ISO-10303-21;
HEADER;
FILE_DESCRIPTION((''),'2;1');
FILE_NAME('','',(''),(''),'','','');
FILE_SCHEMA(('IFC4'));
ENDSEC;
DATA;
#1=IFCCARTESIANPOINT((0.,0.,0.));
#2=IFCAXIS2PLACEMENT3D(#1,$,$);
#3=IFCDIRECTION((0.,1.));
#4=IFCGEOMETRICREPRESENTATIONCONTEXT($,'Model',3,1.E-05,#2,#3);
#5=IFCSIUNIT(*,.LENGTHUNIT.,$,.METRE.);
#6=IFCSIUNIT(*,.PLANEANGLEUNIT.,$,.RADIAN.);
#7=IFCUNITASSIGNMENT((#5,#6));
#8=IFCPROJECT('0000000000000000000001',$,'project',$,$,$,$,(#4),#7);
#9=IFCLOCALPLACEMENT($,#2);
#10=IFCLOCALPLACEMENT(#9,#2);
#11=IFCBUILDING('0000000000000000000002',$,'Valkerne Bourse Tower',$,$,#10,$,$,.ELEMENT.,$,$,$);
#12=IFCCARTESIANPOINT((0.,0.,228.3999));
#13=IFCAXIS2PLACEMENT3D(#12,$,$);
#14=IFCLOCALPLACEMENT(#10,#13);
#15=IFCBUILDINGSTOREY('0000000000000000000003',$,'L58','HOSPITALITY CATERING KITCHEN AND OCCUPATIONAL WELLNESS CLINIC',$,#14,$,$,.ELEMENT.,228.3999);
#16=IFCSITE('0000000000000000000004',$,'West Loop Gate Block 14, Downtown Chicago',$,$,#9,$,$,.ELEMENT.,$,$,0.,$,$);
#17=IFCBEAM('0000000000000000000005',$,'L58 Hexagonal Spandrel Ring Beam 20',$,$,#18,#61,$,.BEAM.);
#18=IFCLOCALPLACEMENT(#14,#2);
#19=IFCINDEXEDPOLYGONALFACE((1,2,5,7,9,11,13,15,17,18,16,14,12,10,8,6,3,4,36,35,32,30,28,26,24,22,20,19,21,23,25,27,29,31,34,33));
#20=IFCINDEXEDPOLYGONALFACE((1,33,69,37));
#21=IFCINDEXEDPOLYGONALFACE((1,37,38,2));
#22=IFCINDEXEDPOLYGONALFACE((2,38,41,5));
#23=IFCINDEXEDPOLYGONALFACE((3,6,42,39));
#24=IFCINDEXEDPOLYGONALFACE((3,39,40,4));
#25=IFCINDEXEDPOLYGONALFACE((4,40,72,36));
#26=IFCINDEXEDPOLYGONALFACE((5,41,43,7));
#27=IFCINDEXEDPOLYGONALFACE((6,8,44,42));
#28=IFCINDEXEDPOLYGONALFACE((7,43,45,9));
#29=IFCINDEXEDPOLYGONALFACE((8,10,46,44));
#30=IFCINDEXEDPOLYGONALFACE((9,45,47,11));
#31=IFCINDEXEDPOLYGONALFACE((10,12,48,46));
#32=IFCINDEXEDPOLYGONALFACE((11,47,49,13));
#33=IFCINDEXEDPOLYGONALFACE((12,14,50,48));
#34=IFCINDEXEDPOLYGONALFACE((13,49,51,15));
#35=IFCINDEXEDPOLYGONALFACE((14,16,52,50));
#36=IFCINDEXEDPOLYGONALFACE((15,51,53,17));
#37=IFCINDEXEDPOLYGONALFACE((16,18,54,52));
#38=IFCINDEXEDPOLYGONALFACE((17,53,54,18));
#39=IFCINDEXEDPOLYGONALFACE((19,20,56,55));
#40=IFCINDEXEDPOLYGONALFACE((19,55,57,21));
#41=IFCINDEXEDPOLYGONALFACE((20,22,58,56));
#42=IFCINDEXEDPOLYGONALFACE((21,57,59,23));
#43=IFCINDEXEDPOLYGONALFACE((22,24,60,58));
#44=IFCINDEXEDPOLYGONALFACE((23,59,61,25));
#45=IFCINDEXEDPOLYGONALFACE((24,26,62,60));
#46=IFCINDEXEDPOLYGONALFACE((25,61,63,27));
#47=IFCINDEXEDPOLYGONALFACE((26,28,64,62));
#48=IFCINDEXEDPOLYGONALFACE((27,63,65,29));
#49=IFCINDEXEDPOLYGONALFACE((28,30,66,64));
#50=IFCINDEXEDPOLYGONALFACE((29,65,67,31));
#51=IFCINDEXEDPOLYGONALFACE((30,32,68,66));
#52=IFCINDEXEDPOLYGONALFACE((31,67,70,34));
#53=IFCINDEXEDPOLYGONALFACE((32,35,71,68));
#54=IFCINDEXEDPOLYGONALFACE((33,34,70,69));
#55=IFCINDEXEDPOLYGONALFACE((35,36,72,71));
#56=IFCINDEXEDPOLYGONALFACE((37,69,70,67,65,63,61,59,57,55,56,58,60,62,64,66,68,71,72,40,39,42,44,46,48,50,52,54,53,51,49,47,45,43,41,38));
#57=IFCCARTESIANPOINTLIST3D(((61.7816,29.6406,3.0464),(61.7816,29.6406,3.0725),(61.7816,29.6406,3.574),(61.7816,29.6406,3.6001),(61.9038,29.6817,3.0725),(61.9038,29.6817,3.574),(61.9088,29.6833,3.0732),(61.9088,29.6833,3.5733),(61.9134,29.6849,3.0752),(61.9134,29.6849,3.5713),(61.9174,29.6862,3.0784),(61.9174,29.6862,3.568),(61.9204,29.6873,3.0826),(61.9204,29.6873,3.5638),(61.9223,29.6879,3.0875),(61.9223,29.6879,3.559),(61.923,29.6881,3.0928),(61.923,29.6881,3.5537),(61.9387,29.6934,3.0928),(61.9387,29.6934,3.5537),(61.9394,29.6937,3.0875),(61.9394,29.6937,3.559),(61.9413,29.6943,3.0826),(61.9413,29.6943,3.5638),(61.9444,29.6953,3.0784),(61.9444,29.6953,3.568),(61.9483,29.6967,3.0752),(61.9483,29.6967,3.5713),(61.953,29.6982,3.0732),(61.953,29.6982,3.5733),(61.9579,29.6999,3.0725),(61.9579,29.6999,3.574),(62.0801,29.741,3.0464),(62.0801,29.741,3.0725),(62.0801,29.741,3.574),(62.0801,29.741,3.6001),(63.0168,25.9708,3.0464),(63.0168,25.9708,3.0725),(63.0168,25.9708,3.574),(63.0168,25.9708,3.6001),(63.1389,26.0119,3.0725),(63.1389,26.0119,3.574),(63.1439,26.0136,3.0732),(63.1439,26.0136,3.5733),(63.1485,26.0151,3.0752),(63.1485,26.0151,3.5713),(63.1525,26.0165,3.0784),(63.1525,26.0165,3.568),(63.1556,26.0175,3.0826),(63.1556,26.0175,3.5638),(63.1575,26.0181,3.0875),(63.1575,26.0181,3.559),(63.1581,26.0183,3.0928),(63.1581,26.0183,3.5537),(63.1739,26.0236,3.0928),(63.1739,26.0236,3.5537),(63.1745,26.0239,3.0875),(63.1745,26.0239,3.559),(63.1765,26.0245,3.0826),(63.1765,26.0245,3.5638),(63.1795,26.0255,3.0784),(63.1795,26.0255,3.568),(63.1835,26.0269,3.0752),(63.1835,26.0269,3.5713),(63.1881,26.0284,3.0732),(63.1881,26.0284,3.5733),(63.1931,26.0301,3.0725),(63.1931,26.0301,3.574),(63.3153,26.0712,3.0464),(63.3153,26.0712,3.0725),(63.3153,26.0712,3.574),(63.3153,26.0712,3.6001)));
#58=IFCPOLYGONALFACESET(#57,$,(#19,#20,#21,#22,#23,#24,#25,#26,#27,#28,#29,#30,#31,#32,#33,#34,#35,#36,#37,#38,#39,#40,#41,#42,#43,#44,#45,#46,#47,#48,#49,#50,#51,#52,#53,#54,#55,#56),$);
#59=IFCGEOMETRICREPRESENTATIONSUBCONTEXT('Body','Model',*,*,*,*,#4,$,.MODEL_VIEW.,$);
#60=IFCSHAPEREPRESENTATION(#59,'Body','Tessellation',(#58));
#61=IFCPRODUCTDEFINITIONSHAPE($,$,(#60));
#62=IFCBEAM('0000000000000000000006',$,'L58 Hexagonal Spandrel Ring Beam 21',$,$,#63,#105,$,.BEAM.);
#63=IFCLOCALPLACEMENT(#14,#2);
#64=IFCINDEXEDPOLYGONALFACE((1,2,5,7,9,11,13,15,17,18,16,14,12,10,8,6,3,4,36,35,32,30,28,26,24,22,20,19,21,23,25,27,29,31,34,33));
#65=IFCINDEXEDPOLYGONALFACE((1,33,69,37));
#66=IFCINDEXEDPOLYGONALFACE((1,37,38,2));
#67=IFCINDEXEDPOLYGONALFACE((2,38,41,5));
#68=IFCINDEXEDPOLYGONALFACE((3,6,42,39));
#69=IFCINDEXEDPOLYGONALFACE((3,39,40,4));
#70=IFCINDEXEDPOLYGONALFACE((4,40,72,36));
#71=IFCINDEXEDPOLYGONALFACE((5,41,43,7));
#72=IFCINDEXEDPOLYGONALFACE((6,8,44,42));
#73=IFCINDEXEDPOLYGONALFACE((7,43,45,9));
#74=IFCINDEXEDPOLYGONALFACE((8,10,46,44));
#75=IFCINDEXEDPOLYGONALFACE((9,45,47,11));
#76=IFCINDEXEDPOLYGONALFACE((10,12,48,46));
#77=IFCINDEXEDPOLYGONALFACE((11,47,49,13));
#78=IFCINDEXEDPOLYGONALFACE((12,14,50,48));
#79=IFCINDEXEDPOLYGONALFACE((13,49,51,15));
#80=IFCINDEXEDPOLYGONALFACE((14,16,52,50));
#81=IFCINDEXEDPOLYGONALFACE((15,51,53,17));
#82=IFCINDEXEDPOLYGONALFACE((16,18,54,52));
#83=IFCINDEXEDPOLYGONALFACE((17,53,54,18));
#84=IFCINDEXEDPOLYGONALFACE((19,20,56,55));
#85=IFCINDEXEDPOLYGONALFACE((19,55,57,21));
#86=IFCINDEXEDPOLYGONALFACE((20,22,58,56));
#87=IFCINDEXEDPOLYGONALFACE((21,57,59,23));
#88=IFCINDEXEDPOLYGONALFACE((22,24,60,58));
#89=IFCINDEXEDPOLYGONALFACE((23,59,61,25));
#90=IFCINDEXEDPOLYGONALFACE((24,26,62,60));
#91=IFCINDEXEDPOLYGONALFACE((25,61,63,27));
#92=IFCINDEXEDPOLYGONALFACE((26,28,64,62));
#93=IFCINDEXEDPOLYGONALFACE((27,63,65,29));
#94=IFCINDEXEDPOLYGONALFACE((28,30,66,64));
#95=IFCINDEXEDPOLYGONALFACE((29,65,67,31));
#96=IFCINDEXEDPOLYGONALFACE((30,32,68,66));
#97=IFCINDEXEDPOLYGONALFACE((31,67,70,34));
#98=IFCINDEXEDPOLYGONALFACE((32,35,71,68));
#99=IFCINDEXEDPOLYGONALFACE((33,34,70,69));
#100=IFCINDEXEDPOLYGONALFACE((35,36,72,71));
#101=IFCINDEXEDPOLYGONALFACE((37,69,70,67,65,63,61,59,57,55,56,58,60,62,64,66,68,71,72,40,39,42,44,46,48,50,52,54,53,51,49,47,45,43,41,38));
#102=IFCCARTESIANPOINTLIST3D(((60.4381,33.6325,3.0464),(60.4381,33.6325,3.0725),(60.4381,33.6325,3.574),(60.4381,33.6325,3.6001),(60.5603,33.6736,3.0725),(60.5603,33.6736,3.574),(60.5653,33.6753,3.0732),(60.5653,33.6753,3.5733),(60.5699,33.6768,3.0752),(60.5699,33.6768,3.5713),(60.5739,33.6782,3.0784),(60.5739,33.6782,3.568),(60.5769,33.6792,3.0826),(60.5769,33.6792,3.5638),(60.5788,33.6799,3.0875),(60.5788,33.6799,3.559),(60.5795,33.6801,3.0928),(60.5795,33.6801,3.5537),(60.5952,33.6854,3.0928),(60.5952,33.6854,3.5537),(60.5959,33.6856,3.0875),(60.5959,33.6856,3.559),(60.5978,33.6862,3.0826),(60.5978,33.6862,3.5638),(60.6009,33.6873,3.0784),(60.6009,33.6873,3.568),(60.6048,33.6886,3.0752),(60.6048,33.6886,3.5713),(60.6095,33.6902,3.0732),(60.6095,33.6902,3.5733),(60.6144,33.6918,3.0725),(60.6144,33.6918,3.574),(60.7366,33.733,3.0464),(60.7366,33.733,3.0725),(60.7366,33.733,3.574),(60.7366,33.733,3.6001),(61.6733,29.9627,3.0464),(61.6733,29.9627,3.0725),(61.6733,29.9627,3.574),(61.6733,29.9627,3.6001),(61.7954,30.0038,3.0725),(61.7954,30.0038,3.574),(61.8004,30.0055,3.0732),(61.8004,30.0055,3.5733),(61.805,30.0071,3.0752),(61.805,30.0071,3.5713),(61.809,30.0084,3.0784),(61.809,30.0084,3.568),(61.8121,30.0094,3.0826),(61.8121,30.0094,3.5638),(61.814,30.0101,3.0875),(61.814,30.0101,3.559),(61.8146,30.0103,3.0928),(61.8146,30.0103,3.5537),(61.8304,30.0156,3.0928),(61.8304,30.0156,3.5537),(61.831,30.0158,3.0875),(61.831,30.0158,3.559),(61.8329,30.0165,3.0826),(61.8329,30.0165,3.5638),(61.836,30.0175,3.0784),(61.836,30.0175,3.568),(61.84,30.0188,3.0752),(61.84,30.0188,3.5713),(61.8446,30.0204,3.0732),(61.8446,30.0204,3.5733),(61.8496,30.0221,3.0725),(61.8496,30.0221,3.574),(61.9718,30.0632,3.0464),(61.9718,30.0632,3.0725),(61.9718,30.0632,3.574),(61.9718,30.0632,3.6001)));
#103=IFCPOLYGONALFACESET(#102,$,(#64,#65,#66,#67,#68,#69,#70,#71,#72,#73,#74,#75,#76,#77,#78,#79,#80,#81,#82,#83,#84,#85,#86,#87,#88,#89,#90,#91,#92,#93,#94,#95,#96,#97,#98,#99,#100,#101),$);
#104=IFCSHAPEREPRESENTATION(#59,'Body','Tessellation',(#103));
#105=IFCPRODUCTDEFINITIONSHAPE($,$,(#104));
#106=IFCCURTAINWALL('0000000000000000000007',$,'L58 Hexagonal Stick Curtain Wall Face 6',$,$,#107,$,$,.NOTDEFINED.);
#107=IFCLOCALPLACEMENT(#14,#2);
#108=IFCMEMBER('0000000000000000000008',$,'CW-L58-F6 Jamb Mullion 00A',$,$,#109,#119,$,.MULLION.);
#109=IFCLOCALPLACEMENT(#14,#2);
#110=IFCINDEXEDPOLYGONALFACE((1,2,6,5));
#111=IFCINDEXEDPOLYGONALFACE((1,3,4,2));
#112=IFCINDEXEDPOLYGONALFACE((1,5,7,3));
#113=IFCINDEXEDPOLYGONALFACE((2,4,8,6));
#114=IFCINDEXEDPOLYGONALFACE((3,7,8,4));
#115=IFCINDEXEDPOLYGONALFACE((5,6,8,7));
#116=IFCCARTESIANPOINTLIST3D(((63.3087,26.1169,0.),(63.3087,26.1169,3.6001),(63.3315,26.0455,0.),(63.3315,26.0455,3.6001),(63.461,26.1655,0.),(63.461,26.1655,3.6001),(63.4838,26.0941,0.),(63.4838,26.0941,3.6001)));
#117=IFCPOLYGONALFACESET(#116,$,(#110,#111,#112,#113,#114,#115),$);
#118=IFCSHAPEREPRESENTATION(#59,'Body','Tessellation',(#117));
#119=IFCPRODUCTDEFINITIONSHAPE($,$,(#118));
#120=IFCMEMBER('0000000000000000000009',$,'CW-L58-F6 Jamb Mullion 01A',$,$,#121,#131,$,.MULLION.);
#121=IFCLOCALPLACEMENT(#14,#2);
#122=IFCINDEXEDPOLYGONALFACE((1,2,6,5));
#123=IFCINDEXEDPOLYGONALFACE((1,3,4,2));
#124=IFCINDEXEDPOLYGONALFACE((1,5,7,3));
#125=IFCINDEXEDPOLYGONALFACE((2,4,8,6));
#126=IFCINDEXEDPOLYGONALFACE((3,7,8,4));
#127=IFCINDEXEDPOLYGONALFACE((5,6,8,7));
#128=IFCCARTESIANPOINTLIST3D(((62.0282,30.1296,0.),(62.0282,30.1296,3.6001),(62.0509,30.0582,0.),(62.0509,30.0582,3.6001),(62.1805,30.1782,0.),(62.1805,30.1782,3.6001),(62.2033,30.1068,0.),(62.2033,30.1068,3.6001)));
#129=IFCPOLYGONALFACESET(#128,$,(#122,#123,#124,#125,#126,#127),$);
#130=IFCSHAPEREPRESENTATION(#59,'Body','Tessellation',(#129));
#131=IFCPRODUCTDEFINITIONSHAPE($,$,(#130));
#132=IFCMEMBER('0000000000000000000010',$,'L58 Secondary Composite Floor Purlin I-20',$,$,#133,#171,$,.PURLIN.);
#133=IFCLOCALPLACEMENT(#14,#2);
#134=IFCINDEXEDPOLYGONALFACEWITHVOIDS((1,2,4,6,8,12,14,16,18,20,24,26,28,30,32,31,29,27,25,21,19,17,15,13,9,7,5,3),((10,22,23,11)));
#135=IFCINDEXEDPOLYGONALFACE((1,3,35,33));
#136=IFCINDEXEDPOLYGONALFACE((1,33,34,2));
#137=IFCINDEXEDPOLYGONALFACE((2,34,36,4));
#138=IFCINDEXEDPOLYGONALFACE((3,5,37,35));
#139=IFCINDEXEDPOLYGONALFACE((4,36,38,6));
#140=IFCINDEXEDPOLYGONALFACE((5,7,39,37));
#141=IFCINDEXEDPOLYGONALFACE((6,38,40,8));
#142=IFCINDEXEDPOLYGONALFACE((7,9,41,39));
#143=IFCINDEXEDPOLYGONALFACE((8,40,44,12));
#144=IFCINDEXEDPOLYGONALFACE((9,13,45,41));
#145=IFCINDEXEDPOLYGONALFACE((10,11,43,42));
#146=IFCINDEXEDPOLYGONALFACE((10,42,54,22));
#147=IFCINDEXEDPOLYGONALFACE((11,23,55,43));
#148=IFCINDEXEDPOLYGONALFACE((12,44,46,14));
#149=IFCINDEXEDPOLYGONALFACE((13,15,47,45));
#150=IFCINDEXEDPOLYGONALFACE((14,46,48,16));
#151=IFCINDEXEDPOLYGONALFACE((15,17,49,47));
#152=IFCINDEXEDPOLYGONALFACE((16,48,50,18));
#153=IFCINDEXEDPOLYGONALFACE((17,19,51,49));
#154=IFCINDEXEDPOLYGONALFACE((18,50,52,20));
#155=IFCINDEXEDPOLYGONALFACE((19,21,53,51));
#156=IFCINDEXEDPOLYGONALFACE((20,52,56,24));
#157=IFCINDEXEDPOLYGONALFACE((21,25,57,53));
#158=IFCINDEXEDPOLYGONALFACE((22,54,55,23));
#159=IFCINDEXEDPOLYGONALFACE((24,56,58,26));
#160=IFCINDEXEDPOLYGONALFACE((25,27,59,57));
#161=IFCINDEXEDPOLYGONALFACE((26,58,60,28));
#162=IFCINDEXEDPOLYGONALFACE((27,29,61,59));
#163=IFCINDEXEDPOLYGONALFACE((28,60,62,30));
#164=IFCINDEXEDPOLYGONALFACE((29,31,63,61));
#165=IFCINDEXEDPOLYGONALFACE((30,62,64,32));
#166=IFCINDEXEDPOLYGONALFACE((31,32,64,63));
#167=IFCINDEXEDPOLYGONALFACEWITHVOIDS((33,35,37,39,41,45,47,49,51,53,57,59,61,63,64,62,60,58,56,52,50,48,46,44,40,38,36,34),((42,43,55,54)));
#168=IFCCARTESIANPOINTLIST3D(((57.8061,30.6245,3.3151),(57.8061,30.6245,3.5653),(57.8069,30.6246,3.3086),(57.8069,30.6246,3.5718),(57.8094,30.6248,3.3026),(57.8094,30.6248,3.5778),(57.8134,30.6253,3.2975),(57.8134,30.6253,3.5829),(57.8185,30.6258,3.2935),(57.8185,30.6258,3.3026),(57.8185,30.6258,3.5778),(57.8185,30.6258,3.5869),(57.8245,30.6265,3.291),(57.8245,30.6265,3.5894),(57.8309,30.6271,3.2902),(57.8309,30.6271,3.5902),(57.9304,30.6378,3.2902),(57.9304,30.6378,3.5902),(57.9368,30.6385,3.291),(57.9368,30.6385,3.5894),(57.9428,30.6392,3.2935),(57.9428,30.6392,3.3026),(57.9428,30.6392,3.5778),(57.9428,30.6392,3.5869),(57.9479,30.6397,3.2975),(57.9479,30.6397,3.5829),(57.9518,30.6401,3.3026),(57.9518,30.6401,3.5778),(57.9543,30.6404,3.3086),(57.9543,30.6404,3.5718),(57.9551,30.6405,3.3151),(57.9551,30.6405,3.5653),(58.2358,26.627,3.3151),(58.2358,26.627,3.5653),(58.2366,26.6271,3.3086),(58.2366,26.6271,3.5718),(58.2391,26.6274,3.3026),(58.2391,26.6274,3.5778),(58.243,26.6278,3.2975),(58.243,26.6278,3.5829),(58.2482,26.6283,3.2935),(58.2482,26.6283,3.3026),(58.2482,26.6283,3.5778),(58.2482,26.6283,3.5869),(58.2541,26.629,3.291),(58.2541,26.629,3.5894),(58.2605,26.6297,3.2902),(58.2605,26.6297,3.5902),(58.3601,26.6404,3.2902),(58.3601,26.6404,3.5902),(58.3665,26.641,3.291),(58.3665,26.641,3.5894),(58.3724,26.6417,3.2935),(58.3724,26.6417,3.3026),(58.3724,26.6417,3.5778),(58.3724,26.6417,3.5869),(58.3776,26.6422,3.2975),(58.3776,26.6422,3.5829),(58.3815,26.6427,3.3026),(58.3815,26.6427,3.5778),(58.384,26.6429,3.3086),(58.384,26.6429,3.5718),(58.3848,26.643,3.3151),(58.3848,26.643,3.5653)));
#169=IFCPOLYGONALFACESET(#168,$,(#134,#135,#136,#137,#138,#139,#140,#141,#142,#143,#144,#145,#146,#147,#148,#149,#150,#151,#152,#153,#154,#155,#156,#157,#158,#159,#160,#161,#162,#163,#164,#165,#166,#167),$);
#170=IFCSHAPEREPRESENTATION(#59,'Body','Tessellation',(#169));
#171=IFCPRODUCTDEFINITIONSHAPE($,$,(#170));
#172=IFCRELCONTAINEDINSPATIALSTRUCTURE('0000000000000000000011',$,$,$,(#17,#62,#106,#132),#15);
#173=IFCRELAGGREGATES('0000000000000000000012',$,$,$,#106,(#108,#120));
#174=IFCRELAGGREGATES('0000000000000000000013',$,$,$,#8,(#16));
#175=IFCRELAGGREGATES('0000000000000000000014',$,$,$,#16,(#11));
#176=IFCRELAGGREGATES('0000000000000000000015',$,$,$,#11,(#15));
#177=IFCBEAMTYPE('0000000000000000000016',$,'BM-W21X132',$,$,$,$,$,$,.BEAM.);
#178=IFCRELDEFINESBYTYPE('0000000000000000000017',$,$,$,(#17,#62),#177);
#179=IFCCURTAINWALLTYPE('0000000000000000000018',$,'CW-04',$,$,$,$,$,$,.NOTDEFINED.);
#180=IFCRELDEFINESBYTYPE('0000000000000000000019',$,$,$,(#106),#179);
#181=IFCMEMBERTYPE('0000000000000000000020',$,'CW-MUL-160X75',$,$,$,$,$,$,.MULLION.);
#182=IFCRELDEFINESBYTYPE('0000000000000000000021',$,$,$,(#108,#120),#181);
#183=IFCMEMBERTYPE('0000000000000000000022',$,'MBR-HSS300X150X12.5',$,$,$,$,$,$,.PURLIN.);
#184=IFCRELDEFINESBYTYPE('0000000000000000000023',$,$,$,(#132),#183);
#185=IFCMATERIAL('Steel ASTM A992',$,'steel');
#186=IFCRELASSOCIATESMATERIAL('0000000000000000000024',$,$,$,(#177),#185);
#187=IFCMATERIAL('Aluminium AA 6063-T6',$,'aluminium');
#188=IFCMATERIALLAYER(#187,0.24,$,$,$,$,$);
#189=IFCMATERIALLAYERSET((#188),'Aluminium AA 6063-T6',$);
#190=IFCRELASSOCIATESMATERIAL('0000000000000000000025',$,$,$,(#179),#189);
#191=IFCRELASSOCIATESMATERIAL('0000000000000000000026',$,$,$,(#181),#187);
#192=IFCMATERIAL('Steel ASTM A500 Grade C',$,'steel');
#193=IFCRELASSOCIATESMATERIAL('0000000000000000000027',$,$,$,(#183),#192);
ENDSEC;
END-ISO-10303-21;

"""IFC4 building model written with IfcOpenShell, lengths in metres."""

from ifc_helpers import new_model, si_unit, direction, frame, origin, origin_2d, place, context, subcontext, project, spatial, rectangle, hollow_rectangle, i_section, extrude, material, layer, layer_set, material_profile, profile_set, type_object, element, aggregate, save


model = new_model("IFC4")

# Units and contexts
model_context = context("Model", 3, precision=1e-05, world=origin(), true_north=direction((0.0, 1.0)))
body_context = subcontext(model_context, "Body", "Model", "MODEL_VIEW")
ifc_project = project(units=[si_unit("LENGTHUNIT", "METRE"), si_unit("PLANEANGLEUNIT", "RADIAN")], contexts=[model_context])

# Site, building, storey
site_placement = place(None, origin())
site = spatial("IfcSite", under=ifc_project, at=site_placement, Name="West Loop Gate Block 14, Downtown Chicago", CompositionType="ELEMENT", RefElevation=0.0)
building_placement = place(site_placement, origin())
building = spatial("IfcBuilding", under=site, at=building_placement, Name="Valkerne Bourse Tower", CompositionType="ELEMENT")
storey_placement = place(building_placement, frame((0.0, 0.0, 228.3999)))
storey = spatial("IfcBuildingStorey", under=building, at=storey_placement, Name="L58", Description="HOSPITALITY CATERING KITCHEN AND OCCUPATIONAL WELLNESS CLINIC", CompositionType="ELEMENT", Elevation=228.3999)

# Beams
ifc_material_1 = material(Name="Steel ASTM A992", Category="steel")
ifc_material_profile_1 = material_profile(ifc_material_1, i_section(OverallWidth=0.3149, OverallDepth=0.5537, WebThickness=0.0166, FlangeThickness=0.0261, FilletRadius=0.0203, at=origin_2d()), Name="W21X132")
ifc_profile_set_1 = profile_set([ifc_material_profile_1], Name="Steel ASTM A992")
beam_type_1 = type_object("IfcBeamType", Name="BM-W21X132", PredefinedType="BEAM", material=ifc_profile_set_1)
for number, where, z_axis, x_axis, name in (
    (1, (63.166, 26.021, 3.3232), (-0.318988, 0.947759, 0.0), (-0.947759, -0.318988, 0.0), "L58 Hexagonal Spandrel Ring Beam 20"),
    (2, (61.8225, 30.0129, 3.3232), (-0.318988, 0.947759, 0.0), (-0.947759, -0.318988, 0.0), "L58 Hexagonal Spandrel Ring Beam 21"),
):
    element("IfcBeam", number, at=place(storey_placement, frame(where, z_axis=z_axis, x_axis=x_axis)), inside=storey, type_object=beam_type_1, Name=name, PredefinedType="BEAM", context=body_context, shape_type="SweptSolid", body=[
        extrude(i_section(OverallWidth=0.3149, OverallDepth=0.5537, WebThickness=0.0166, FlangeThickness=0.0261, FilletRadius=0.0203, at=origin_2d()), origin(), (0.0, 0.0, 1.0), 3.8721),
    ])

# Curtain wall, members
ifc_material_2 = material(Name="Aluminium AA 6063-T6", Category="aluminium")
ifc_layer_1 = layer(ifc_material_2, 0.24)
ifc_layer_set_1 = layer_set([ifc_layer_1], Name="Aluminium AA 6063-T6")
curtain_wall_type = type_object("IfcCurtainWallType", Name="CW-04", PredefinedType="NOTDEFINED", material=ifc_layer_set_1)
curtain_wall_placement = place(storey_placement, origin())
curtain_wall = element("IfcCurtainWall", 3, at=curtain_wall_placement, inside=storey, type_object=curtain_wall_type, Name="L58 Hexagonal Stick Curtain Wall Face 6", PredefinedType="NOTDEFINED")
ifc_material_profile_2 = material_profile(ifc_material_2, rectangle(XDim=0.075, YDim=0.1599, at=origin_2d()), Name="CWM-75X160")
ifc_profile_set_2 = profile_set([ifc_material_profile_2], Name="Aluminium AA 6063-T6")
member_type_1 = type_object("IfcMemberType", Name="CW-MUL-160X75", PredefinedType="MULLION", material=ifc_profile_set_2)
member_1_placement = place(storey_placement, frame((63.3962, 26.1055, 0.0), z_axis=(0.0, 0.0, 1.0), x_axis=(-0.304015, 0.952667, 0.0)))
member_1 = element("IfcMember", 4, at=member_1_placement, type_object=member_type_1, Name="CW-L58-F6 Jamb Mullion 00A", PredefinedType="MULLION", context=body_context, shape_type="SweptSolid", body=[
    extrude(rectangle(XDim=0.075, YDim=0.1599, at=origin_2d()), origin(), (0.0, 0.0, 1.0), 3.6001),
])
member_2_placement = place(storey_placement, frame((62.1157, 30.1182, 0.0), z_axis=(0.0, 0.0, 1.0), x_axis=(-0.304037, 0.95266, 0.0)))
member_2 = element("IfcMember", 5, at=member_2_placement, type_object=member_type_1, Name="CW-L58-F6 Jamb Mullion 01A", PredefinedType="MULLION", context=body_context, shape_type="SweptSolid", body=[
    extrude(rectangle(XDim=0.075, YDim=0.1599, at=origin_2d()), origin(), (0.0, 0.0, 1.0), 3.6001),
])

# Member
ifc_material_3 = material(Name="Steel ASTM A500 Grade C", Category="steel")
ifc_material_profile_3 = material_profile(ifc_material_3, hollow_rectangle(XDim=0.1499, YDim=0.3, WallThickness=0.0125, OuterFilletRadius=0.0249, at=origin_2d()), Name="HSS300X150X12.5")
ifc_profile_set_3 = profile_set([ifc_material_profile_3], Name="Steel ASTM A500 Grade C")
member_type_2 = type_object("IfcMemberType", Name="MBR-HSS300X150X12.5", PredefinedType="PURLIN", material=ifc_profile_set_3)
member_3_placement = place(storey_placement, frame((58.3103, 26.635, 3.4402), z_axis=(-0.106872, 0.994273, 0.0), x_axis=(-0.994273, -0.106872, 0.0)))
element("IfcMember", 6, at=member_3_placement, inside=storey, type_object=member_type_2, Name="L58 Secondary Composite Floor Purlin I-20", PredefinedType="PURLIN", context=body_context, shape_type="SweptSolid", body=[
    extrude(hollow_rectangle(XDim=0.1499, YDim=0.3, WallThickness=0.0125, OuterFilletRadius=0.0249, at=origin_2d()), origin(), (0.0, 0.0, 1.0), 4.0205),
])

aggregate(curtain_wall, [member_1, member_2])

save(model, "model.ifc")
